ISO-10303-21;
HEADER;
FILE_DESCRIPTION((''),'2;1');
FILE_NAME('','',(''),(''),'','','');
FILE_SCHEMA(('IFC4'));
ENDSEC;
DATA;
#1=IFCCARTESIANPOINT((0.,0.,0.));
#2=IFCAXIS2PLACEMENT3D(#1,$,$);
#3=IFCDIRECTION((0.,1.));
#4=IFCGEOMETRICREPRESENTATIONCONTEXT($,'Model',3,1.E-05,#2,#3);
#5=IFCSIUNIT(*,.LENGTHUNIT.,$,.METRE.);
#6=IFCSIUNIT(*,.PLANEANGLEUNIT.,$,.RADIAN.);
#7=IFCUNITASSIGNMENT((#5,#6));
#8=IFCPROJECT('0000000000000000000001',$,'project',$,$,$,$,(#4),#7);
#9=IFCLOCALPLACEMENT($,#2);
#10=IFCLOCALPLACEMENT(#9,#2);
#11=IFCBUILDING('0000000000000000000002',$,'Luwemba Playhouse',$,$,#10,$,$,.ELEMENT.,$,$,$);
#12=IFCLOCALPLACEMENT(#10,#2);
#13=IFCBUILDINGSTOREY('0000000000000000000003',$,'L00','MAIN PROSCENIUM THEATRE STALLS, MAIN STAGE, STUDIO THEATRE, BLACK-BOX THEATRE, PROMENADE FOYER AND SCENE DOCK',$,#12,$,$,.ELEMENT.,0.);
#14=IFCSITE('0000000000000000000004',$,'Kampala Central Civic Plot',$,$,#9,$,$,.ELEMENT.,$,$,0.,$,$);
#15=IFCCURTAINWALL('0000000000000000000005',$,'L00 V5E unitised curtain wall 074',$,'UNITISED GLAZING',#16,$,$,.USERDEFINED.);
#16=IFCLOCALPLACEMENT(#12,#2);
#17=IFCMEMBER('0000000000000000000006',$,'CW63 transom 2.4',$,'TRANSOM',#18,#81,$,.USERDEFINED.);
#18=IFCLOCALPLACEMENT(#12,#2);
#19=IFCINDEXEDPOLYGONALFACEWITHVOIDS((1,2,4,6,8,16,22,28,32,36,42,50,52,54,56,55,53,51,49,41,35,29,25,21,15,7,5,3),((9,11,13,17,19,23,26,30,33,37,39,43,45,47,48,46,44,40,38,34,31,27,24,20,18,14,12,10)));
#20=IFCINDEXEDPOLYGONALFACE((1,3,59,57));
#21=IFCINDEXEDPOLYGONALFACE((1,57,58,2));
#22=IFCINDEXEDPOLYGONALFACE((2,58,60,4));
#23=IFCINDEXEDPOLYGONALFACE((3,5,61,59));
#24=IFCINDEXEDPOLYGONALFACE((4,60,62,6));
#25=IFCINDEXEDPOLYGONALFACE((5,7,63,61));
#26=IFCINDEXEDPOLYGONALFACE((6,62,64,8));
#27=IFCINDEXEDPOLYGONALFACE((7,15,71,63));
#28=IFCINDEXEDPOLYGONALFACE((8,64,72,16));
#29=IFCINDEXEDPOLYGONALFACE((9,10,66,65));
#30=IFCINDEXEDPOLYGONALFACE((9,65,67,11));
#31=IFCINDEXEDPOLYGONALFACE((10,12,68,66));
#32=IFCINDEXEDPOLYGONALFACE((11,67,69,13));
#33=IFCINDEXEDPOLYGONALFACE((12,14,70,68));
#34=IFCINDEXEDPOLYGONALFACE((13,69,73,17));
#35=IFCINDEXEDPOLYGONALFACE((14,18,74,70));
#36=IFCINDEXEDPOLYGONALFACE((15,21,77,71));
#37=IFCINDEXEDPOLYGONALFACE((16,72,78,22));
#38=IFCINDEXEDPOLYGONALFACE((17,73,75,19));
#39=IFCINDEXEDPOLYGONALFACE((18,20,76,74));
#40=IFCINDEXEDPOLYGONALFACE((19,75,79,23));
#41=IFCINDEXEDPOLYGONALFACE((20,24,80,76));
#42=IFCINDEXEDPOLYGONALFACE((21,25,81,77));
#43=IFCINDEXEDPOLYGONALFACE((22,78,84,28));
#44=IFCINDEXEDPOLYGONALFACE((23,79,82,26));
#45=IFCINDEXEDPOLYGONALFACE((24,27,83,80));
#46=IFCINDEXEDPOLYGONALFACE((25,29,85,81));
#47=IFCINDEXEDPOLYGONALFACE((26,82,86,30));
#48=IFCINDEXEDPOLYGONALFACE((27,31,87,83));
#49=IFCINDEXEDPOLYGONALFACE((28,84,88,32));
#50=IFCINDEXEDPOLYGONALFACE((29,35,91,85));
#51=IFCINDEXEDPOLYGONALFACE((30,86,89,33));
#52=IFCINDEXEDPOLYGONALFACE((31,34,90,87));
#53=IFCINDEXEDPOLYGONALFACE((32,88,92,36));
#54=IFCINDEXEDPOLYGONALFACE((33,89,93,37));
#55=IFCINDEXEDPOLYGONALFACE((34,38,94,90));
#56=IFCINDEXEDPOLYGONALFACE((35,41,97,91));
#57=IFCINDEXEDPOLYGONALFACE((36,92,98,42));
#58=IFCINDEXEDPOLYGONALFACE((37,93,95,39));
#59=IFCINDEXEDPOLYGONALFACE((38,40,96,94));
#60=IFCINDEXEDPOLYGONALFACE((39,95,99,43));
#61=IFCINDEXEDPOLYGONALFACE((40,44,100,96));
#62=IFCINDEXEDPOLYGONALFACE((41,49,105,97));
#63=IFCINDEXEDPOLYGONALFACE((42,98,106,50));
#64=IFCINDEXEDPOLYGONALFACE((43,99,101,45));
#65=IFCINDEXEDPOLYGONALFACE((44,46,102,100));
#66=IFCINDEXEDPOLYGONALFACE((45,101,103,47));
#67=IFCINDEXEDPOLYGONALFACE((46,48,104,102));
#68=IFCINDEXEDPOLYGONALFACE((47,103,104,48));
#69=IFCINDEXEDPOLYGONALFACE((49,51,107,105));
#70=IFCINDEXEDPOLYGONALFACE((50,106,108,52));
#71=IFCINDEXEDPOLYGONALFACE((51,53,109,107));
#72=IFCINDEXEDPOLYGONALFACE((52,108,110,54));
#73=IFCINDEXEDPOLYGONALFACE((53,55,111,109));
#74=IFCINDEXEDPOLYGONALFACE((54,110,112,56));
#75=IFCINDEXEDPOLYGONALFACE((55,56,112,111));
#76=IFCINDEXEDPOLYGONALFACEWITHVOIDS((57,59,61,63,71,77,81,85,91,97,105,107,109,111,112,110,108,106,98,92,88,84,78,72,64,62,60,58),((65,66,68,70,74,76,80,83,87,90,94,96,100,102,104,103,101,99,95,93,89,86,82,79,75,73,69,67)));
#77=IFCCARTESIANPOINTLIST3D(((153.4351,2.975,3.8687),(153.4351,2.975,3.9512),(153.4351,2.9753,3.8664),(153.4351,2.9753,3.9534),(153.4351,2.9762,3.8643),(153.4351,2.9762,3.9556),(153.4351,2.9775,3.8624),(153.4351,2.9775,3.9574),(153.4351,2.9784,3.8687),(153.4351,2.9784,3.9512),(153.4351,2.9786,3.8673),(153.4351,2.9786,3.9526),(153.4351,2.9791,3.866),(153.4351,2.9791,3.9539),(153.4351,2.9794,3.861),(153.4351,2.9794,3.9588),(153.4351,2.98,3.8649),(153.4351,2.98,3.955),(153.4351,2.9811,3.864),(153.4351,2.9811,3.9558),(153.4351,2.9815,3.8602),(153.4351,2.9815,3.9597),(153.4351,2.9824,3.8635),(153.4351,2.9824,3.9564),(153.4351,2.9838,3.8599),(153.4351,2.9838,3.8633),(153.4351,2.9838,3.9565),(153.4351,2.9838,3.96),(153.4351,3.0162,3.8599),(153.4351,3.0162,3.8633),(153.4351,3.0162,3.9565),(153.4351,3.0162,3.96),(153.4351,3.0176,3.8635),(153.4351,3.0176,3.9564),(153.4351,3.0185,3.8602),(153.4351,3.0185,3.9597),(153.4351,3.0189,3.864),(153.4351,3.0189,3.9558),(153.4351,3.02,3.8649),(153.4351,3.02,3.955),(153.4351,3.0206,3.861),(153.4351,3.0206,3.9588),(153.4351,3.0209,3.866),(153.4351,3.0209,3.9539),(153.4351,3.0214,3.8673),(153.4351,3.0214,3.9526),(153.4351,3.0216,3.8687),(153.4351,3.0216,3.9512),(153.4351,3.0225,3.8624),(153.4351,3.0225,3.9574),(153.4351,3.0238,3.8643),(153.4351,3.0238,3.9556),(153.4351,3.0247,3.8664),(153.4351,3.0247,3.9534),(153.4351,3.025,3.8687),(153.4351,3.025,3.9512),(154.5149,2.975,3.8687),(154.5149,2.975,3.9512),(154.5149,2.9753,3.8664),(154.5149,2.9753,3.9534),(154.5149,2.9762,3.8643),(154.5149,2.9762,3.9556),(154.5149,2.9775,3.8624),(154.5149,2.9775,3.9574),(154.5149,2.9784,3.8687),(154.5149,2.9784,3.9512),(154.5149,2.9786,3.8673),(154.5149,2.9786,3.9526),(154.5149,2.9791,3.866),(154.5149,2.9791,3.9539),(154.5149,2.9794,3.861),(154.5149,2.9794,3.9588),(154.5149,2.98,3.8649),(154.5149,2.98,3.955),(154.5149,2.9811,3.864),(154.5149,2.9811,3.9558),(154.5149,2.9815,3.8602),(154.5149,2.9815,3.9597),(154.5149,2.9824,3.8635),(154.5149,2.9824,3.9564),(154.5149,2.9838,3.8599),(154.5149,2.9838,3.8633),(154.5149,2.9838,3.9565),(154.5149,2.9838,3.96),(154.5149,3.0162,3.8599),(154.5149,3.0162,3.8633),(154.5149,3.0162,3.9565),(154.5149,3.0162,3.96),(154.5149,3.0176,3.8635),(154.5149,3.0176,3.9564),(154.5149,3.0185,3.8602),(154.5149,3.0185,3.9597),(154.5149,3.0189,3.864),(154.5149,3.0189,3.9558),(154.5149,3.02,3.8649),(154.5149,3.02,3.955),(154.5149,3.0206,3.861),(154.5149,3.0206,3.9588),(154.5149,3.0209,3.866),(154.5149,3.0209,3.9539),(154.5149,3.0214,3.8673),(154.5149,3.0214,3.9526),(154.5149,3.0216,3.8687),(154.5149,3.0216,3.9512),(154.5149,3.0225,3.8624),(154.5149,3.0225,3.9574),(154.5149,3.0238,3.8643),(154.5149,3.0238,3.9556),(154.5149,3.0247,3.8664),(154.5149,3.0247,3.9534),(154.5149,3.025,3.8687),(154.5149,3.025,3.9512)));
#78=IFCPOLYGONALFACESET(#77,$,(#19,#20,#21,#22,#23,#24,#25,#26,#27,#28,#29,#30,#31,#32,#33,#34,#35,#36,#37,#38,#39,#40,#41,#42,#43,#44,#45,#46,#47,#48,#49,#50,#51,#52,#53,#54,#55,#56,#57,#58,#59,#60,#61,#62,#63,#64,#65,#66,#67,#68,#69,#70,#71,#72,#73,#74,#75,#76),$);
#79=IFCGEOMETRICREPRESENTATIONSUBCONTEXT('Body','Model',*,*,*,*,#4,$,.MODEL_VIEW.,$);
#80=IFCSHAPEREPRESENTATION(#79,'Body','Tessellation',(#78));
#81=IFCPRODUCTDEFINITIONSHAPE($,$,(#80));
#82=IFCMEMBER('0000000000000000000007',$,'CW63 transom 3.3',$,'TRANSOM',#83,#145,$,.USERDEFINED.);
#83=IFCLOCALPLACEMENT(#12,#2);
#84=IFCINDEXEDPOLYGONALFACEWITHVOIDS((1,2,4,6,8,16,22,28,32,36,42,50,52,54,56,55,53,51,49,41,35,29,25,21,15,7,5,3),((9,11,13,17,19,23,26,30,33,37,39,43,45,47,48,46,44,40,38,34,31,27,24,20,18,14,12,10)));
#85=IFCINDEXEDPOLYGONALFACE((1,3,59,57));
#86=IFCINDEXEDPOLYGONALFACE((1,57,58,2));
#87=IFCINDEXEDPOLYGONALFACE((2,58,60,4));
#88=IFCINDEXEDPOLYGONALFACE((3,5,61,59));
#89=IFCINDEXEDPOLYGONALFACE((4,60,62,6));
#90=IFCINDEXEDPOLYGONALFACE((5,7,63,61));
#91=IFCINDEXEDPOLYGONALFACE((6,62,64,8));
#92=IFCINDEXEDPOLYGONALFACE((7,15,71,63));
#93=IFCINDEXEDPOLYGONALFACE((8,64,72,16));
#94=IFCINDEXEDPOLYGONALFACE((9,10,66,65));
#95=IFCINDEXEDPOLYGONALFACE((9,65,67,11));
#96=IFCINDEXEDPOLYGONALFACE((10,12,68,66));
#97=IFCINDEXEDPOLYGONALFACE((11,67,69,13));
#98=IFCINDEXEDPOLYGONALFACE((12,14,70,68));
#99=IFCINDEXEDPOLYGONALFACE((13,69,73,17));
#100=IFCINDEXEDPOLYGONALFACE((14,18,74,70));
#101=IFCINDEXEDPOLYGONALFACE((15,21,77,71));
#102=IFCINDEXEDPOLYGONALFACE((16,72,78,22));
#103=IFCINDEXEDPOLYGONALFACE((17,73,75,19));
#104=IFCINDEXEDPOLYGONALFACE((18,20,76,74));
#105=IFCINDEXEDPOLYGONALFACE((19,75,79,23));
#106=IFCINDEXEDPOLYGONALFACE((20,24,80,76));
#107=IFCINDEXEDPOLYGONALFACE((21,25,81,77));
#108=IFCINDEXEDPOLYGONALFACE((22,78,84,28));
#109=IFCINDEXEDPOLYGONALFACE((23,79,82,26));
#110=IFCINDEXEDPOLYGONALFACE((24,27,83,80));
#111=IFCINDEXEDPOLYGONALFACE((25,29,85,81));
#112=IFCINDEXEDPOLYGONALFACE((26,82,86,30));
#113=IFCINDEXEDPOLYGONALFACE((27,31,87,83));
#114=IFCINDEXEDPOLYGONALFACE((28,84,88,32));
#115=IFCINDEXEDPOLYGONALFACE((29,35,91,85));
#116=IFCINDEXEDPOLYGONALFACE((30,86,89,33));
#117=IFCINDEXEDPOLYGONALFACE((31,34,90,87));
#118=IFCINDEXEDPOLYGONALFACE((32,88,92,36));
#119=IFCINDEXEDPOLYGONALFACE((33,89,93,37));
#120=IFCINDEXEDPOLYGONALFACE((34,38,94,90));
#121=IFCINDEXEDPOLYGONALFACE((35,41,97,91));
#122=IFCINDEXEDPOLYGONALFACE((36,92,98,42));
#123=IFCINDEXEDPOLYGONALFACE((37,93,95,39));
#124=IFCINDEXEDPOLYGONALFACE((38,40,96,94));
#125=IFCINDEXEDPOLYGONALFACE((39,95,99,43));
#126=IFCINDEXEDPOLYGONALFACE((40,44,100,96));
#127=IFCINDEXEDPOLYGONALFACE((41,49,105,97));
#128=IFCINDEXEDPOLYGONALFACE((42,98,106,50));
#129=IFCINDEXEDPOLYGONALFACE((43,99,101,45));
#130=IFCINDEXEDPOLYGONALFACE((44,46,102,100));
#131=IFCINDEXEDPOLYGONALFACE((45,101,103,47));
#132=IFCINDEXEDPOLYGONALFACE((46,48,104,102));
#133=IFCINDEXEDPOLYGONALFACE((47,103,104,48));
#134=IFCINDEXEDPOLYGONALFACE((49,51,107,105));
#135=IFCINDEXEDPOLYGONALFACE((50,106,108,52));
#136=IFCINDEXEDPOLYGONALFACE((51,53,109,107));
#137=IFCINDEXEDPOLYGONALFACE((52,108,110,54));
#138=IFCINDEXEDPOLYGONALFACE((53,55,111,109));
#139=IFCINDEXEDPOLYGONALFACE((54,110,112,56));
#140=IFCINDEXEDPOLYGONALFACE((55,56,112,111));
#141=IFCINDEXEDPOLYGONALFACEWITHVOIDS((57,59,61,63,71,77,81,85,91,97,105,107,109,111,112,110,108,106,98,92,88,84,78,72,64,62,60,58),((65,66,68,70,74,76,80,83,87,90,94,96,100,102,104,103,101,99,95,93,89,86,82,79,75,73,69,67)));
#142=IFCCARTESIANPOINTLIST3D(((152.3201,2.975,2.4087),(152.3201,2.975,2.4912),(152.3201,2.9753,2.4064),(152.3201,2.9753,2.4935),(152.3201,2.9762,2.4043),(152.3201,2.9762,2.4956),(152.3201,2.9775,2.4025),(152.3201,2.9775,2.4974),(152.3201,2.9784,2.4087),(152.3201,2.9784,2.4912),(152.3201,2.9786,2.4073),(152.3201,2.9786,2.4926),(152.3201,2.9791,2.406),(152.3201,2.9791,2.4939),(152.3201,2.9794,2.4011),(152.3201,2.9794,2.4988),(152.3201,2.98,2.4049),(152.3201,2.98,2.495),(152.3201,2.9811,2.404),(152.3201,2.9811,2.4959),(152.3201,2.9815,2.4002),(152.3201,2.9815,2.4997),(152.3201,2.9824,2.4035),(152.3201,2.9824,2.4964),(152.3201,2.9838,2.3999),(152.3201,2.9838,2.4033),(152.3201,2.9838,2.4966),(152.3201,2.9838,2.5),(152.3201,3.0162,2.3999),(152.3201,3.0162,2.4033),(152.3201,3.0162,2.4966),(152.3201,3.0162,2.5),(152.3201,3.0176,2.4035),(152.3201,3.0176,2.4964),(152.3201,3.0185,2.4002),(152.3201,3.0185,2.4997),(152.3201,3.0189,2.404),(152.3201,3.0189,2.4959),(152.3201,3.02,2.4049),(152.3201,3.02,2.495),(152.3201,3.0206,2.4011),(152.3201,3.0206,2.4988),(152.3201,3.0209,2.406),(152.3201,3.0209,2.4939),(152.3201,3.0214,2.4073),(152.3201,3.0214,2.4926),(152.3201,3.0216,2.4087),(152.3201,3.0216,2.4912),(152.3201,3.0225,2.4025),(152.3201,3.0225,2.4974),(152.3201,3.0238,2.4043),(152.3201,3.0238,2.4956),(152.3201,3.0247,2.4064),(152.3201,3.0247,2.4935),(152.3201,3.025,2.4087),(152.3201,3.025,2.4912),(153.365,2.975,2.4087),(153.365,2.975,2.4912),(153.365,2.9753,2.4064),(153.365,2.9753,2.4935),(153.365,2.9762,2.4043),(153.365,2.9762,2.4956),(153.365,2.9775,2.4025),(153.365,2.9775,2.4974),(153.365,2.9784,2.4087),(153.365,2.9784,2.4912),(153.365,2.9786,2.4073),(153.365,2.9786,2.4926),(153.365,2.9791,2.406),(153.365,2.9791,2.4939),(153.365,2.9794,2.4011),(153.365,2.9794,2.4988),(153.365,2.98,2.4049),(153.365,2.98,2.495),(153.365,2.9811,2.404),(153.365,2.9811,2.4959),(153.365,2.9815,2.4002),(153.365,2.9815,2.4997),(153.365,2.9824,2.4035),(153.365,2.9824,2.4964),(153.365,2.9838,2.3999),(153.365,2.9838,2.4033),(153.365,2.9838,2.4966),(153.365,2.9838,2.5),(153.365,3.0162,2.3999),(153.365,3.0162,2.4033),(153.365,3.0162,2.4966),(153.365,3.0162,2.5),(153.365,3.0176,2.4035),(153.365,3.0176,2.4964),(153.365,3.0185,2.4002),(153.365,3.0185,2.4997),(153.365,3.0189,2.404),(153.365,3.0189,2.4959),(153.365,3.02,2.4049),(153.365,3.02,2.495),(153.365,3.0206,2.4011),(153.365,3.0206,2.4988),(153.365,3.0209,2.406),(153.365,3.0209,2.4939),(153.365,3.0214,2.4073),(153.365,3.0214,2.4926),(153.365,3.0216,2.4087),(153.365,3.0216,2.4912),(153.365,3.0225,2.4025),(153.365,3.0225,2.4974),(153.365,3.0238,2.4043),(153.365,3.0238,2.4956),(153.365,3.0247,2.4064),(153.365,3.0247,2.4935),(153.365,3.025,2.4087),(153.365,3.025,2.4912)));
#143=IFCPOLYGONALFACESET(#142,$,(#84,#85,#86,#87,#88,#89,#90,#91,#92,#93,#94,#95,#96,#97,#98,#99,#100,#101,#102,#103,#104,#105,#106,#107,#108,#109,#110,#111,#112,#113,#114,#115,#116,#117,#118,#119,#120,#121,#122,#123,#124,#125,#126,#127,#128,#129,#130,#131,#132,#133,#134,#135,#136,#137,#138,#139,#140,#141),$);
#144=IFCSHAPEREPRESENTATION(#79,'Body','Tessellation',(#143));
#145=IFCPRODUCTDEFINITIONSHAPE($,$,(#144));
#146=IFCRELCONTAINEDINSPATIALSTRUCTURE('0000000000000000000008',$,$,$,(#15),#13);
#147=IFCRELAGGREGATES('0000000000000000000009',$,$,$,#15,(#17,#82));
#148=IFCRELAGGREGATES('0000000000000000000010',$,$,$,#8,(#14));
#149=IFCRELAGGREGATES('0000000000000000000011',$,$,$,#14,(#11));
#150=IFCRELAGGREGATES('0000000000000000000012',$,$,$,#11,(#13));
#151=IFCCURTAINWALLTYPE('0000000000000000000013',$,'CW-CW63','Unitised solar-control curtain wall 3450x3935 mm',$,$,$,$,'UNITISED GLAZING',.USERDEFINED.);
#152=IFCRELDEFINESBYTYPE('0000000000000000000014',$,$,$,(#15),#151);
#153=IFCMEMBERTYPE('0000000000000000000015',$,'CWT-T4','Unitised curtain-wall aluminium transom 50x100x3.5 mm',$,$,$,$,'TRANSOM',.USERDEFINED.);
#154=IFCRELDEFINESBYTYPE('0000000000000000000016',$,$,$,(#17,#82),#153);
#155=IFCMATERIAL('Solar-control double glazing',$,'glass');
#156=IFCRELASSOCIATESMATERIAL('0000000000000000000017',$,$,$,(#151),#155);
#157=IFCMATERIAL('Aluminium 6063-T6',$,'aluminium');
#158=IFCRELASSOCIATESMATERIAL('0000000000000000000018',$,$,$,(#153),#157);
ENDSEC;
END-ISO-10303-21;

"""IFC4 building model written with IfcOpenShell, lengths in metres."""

from ifc_helpers import new_model, si_unit, direction, frame, origin, origin_2d, place, context, subcontext, project, spatial, hollow_rectangle, extrude, material, material_profile, profile_set, type_object, element, aggregate, save


model = new_model("IFC4")

# Units and contexts
model_context = context("Model", 3, precision=1e-05, world=origin(), true_north=direction((0.0, 1.0)))
body_context = subcontext(model_context, "Body", "Model", "MODEL_VIEW")
ifc_project = project(units=[si_unit("LENGTHUNIT", "METRE"), si_unit("PLANEANGLEUNIT", "RADIAN")], contexts=[model_context])

# Site, building, storey
site_placement = place(None, origin())
site = spatial("IfcSite", under=ifc_project, at=site_placement, Name="Kampala Central Civic Plot", CompositionType="ELEMENT", RefElevation=0.0)
building_placement = place(site_placement, origin())
building = spatial("IfcBuilding", under=site, at=building_placement, Name="Luwemba Playhouse", CompositionType="ELEMENT")
storey_placement = place(building_placement, origin())
storey = spatial("IfcBuildingStorey", under=building, at=storey_placement, Name="L00", Description="MAIN PROSCENIUM THEATRE STALLS, MAIN STAGE, STUDIO THEATRE, BLACK-BOX THEATRE, PROMENADE FOYER AND SCENE DOCK", CompositionType="ELEMENT", Elevation=0.0)

# Curtain wall, members
ifc_material_1 = material(Name="Solar-control double glazing", Category="glass")
curtain_wall_type = type_object("IfcCurtainWallType", Name="CW-CW63", Description="Unitised solar-control curtain wall 3450x3935 mm", ElementType="UNITISED GLAZING", PredefinedType="USERDEFINED", material=ifc_material_1)
curtain_wall_placement = place(storey_placement, origin())
curtain_wall = element("IfcCurtainWall", 1, at=curtain_wall_placement, inside=storey, type_object=curtain_wall_type, Name="L00 V5E unitised curtain wall 074", ObjectType="UNITISED GLAZING", PredefinedType="USERDEFINED")
ifc_material_2 = material(Name="Aluminium 6063-T6", Category="aluminium")
ifc_material_profile_1 = material_profile(ifc_material_2, hollow_rectangle(XDim=0.05, YDim=0.1001, WallThickness=0.0034, InnerFilletRadius=0.0054, OuterFilletRadius=0.0088, at=origin_2d()))
ifc_profile_set_1 = profile_set([ifc_material_profile_1], Name="Aluminium 6063-T6")
member_type_1 = type_object("IfcMemberType", Name="CWT-T4", Description="Unitised curtain-wall aluminium transom 50x100x3.5 mm", ElementType="TRANSOM", PredefinedType="USERDEFINED", material=ifc_profile_set_1)
member_1_placement = place(storey_placement, frame((154.5149, 3.0, 3.9099), z_axis=(-1.0, 0.0, 0.0), x_axis=(0.0, -1.0, 0.0)))
member_1 = element("IfcMember", 2, at=member_1_placement, type_object=member_type_1, Name="CW63 transom 2.4", ObjectType="TRANSOM", PredefinedType="USERDEFINED", context=body_context, shape_type="SweptSolid", body=[
    extrude(hollow_rectangle(XDim=0.05, YDim=0.1001, WallThickness=0.0034, InnerFilletRadius=0.0054, OuterFilletRadius=0.0088, at=origin_2d()), origin(), (0.0, 0.0, 1.0), 1.0798),
])
member_2_placement = place(storey_placement, frame((153.365, 3.0, 2.45), z_axis=(-1.0, 0.0, 0.0), x_axis=(0.0, -1.0, 0.0)))
member_2 = element("IfcMember", 3, at=member_2_placement, type_object=member_type_1, Name="CW63 transom 3.3", ObjectType="TRANSOM", PredefinedType="USERDEFINED", context=body_context, shape_type="SweptSolid", body=[
    extrude(hollow_rectangle(XDim=0.05, YDim=0.1001, WallThickness=0.0034, InnerFilletRadius=0.0054, OuterFilletRadius=0.0088, at=origin_2d()), origin(), (0.0, 0.0, 1.0), 1.0449),
])
aggregate(curtain_wall, [member_1, member_2])

save(model, "model.ifc")
